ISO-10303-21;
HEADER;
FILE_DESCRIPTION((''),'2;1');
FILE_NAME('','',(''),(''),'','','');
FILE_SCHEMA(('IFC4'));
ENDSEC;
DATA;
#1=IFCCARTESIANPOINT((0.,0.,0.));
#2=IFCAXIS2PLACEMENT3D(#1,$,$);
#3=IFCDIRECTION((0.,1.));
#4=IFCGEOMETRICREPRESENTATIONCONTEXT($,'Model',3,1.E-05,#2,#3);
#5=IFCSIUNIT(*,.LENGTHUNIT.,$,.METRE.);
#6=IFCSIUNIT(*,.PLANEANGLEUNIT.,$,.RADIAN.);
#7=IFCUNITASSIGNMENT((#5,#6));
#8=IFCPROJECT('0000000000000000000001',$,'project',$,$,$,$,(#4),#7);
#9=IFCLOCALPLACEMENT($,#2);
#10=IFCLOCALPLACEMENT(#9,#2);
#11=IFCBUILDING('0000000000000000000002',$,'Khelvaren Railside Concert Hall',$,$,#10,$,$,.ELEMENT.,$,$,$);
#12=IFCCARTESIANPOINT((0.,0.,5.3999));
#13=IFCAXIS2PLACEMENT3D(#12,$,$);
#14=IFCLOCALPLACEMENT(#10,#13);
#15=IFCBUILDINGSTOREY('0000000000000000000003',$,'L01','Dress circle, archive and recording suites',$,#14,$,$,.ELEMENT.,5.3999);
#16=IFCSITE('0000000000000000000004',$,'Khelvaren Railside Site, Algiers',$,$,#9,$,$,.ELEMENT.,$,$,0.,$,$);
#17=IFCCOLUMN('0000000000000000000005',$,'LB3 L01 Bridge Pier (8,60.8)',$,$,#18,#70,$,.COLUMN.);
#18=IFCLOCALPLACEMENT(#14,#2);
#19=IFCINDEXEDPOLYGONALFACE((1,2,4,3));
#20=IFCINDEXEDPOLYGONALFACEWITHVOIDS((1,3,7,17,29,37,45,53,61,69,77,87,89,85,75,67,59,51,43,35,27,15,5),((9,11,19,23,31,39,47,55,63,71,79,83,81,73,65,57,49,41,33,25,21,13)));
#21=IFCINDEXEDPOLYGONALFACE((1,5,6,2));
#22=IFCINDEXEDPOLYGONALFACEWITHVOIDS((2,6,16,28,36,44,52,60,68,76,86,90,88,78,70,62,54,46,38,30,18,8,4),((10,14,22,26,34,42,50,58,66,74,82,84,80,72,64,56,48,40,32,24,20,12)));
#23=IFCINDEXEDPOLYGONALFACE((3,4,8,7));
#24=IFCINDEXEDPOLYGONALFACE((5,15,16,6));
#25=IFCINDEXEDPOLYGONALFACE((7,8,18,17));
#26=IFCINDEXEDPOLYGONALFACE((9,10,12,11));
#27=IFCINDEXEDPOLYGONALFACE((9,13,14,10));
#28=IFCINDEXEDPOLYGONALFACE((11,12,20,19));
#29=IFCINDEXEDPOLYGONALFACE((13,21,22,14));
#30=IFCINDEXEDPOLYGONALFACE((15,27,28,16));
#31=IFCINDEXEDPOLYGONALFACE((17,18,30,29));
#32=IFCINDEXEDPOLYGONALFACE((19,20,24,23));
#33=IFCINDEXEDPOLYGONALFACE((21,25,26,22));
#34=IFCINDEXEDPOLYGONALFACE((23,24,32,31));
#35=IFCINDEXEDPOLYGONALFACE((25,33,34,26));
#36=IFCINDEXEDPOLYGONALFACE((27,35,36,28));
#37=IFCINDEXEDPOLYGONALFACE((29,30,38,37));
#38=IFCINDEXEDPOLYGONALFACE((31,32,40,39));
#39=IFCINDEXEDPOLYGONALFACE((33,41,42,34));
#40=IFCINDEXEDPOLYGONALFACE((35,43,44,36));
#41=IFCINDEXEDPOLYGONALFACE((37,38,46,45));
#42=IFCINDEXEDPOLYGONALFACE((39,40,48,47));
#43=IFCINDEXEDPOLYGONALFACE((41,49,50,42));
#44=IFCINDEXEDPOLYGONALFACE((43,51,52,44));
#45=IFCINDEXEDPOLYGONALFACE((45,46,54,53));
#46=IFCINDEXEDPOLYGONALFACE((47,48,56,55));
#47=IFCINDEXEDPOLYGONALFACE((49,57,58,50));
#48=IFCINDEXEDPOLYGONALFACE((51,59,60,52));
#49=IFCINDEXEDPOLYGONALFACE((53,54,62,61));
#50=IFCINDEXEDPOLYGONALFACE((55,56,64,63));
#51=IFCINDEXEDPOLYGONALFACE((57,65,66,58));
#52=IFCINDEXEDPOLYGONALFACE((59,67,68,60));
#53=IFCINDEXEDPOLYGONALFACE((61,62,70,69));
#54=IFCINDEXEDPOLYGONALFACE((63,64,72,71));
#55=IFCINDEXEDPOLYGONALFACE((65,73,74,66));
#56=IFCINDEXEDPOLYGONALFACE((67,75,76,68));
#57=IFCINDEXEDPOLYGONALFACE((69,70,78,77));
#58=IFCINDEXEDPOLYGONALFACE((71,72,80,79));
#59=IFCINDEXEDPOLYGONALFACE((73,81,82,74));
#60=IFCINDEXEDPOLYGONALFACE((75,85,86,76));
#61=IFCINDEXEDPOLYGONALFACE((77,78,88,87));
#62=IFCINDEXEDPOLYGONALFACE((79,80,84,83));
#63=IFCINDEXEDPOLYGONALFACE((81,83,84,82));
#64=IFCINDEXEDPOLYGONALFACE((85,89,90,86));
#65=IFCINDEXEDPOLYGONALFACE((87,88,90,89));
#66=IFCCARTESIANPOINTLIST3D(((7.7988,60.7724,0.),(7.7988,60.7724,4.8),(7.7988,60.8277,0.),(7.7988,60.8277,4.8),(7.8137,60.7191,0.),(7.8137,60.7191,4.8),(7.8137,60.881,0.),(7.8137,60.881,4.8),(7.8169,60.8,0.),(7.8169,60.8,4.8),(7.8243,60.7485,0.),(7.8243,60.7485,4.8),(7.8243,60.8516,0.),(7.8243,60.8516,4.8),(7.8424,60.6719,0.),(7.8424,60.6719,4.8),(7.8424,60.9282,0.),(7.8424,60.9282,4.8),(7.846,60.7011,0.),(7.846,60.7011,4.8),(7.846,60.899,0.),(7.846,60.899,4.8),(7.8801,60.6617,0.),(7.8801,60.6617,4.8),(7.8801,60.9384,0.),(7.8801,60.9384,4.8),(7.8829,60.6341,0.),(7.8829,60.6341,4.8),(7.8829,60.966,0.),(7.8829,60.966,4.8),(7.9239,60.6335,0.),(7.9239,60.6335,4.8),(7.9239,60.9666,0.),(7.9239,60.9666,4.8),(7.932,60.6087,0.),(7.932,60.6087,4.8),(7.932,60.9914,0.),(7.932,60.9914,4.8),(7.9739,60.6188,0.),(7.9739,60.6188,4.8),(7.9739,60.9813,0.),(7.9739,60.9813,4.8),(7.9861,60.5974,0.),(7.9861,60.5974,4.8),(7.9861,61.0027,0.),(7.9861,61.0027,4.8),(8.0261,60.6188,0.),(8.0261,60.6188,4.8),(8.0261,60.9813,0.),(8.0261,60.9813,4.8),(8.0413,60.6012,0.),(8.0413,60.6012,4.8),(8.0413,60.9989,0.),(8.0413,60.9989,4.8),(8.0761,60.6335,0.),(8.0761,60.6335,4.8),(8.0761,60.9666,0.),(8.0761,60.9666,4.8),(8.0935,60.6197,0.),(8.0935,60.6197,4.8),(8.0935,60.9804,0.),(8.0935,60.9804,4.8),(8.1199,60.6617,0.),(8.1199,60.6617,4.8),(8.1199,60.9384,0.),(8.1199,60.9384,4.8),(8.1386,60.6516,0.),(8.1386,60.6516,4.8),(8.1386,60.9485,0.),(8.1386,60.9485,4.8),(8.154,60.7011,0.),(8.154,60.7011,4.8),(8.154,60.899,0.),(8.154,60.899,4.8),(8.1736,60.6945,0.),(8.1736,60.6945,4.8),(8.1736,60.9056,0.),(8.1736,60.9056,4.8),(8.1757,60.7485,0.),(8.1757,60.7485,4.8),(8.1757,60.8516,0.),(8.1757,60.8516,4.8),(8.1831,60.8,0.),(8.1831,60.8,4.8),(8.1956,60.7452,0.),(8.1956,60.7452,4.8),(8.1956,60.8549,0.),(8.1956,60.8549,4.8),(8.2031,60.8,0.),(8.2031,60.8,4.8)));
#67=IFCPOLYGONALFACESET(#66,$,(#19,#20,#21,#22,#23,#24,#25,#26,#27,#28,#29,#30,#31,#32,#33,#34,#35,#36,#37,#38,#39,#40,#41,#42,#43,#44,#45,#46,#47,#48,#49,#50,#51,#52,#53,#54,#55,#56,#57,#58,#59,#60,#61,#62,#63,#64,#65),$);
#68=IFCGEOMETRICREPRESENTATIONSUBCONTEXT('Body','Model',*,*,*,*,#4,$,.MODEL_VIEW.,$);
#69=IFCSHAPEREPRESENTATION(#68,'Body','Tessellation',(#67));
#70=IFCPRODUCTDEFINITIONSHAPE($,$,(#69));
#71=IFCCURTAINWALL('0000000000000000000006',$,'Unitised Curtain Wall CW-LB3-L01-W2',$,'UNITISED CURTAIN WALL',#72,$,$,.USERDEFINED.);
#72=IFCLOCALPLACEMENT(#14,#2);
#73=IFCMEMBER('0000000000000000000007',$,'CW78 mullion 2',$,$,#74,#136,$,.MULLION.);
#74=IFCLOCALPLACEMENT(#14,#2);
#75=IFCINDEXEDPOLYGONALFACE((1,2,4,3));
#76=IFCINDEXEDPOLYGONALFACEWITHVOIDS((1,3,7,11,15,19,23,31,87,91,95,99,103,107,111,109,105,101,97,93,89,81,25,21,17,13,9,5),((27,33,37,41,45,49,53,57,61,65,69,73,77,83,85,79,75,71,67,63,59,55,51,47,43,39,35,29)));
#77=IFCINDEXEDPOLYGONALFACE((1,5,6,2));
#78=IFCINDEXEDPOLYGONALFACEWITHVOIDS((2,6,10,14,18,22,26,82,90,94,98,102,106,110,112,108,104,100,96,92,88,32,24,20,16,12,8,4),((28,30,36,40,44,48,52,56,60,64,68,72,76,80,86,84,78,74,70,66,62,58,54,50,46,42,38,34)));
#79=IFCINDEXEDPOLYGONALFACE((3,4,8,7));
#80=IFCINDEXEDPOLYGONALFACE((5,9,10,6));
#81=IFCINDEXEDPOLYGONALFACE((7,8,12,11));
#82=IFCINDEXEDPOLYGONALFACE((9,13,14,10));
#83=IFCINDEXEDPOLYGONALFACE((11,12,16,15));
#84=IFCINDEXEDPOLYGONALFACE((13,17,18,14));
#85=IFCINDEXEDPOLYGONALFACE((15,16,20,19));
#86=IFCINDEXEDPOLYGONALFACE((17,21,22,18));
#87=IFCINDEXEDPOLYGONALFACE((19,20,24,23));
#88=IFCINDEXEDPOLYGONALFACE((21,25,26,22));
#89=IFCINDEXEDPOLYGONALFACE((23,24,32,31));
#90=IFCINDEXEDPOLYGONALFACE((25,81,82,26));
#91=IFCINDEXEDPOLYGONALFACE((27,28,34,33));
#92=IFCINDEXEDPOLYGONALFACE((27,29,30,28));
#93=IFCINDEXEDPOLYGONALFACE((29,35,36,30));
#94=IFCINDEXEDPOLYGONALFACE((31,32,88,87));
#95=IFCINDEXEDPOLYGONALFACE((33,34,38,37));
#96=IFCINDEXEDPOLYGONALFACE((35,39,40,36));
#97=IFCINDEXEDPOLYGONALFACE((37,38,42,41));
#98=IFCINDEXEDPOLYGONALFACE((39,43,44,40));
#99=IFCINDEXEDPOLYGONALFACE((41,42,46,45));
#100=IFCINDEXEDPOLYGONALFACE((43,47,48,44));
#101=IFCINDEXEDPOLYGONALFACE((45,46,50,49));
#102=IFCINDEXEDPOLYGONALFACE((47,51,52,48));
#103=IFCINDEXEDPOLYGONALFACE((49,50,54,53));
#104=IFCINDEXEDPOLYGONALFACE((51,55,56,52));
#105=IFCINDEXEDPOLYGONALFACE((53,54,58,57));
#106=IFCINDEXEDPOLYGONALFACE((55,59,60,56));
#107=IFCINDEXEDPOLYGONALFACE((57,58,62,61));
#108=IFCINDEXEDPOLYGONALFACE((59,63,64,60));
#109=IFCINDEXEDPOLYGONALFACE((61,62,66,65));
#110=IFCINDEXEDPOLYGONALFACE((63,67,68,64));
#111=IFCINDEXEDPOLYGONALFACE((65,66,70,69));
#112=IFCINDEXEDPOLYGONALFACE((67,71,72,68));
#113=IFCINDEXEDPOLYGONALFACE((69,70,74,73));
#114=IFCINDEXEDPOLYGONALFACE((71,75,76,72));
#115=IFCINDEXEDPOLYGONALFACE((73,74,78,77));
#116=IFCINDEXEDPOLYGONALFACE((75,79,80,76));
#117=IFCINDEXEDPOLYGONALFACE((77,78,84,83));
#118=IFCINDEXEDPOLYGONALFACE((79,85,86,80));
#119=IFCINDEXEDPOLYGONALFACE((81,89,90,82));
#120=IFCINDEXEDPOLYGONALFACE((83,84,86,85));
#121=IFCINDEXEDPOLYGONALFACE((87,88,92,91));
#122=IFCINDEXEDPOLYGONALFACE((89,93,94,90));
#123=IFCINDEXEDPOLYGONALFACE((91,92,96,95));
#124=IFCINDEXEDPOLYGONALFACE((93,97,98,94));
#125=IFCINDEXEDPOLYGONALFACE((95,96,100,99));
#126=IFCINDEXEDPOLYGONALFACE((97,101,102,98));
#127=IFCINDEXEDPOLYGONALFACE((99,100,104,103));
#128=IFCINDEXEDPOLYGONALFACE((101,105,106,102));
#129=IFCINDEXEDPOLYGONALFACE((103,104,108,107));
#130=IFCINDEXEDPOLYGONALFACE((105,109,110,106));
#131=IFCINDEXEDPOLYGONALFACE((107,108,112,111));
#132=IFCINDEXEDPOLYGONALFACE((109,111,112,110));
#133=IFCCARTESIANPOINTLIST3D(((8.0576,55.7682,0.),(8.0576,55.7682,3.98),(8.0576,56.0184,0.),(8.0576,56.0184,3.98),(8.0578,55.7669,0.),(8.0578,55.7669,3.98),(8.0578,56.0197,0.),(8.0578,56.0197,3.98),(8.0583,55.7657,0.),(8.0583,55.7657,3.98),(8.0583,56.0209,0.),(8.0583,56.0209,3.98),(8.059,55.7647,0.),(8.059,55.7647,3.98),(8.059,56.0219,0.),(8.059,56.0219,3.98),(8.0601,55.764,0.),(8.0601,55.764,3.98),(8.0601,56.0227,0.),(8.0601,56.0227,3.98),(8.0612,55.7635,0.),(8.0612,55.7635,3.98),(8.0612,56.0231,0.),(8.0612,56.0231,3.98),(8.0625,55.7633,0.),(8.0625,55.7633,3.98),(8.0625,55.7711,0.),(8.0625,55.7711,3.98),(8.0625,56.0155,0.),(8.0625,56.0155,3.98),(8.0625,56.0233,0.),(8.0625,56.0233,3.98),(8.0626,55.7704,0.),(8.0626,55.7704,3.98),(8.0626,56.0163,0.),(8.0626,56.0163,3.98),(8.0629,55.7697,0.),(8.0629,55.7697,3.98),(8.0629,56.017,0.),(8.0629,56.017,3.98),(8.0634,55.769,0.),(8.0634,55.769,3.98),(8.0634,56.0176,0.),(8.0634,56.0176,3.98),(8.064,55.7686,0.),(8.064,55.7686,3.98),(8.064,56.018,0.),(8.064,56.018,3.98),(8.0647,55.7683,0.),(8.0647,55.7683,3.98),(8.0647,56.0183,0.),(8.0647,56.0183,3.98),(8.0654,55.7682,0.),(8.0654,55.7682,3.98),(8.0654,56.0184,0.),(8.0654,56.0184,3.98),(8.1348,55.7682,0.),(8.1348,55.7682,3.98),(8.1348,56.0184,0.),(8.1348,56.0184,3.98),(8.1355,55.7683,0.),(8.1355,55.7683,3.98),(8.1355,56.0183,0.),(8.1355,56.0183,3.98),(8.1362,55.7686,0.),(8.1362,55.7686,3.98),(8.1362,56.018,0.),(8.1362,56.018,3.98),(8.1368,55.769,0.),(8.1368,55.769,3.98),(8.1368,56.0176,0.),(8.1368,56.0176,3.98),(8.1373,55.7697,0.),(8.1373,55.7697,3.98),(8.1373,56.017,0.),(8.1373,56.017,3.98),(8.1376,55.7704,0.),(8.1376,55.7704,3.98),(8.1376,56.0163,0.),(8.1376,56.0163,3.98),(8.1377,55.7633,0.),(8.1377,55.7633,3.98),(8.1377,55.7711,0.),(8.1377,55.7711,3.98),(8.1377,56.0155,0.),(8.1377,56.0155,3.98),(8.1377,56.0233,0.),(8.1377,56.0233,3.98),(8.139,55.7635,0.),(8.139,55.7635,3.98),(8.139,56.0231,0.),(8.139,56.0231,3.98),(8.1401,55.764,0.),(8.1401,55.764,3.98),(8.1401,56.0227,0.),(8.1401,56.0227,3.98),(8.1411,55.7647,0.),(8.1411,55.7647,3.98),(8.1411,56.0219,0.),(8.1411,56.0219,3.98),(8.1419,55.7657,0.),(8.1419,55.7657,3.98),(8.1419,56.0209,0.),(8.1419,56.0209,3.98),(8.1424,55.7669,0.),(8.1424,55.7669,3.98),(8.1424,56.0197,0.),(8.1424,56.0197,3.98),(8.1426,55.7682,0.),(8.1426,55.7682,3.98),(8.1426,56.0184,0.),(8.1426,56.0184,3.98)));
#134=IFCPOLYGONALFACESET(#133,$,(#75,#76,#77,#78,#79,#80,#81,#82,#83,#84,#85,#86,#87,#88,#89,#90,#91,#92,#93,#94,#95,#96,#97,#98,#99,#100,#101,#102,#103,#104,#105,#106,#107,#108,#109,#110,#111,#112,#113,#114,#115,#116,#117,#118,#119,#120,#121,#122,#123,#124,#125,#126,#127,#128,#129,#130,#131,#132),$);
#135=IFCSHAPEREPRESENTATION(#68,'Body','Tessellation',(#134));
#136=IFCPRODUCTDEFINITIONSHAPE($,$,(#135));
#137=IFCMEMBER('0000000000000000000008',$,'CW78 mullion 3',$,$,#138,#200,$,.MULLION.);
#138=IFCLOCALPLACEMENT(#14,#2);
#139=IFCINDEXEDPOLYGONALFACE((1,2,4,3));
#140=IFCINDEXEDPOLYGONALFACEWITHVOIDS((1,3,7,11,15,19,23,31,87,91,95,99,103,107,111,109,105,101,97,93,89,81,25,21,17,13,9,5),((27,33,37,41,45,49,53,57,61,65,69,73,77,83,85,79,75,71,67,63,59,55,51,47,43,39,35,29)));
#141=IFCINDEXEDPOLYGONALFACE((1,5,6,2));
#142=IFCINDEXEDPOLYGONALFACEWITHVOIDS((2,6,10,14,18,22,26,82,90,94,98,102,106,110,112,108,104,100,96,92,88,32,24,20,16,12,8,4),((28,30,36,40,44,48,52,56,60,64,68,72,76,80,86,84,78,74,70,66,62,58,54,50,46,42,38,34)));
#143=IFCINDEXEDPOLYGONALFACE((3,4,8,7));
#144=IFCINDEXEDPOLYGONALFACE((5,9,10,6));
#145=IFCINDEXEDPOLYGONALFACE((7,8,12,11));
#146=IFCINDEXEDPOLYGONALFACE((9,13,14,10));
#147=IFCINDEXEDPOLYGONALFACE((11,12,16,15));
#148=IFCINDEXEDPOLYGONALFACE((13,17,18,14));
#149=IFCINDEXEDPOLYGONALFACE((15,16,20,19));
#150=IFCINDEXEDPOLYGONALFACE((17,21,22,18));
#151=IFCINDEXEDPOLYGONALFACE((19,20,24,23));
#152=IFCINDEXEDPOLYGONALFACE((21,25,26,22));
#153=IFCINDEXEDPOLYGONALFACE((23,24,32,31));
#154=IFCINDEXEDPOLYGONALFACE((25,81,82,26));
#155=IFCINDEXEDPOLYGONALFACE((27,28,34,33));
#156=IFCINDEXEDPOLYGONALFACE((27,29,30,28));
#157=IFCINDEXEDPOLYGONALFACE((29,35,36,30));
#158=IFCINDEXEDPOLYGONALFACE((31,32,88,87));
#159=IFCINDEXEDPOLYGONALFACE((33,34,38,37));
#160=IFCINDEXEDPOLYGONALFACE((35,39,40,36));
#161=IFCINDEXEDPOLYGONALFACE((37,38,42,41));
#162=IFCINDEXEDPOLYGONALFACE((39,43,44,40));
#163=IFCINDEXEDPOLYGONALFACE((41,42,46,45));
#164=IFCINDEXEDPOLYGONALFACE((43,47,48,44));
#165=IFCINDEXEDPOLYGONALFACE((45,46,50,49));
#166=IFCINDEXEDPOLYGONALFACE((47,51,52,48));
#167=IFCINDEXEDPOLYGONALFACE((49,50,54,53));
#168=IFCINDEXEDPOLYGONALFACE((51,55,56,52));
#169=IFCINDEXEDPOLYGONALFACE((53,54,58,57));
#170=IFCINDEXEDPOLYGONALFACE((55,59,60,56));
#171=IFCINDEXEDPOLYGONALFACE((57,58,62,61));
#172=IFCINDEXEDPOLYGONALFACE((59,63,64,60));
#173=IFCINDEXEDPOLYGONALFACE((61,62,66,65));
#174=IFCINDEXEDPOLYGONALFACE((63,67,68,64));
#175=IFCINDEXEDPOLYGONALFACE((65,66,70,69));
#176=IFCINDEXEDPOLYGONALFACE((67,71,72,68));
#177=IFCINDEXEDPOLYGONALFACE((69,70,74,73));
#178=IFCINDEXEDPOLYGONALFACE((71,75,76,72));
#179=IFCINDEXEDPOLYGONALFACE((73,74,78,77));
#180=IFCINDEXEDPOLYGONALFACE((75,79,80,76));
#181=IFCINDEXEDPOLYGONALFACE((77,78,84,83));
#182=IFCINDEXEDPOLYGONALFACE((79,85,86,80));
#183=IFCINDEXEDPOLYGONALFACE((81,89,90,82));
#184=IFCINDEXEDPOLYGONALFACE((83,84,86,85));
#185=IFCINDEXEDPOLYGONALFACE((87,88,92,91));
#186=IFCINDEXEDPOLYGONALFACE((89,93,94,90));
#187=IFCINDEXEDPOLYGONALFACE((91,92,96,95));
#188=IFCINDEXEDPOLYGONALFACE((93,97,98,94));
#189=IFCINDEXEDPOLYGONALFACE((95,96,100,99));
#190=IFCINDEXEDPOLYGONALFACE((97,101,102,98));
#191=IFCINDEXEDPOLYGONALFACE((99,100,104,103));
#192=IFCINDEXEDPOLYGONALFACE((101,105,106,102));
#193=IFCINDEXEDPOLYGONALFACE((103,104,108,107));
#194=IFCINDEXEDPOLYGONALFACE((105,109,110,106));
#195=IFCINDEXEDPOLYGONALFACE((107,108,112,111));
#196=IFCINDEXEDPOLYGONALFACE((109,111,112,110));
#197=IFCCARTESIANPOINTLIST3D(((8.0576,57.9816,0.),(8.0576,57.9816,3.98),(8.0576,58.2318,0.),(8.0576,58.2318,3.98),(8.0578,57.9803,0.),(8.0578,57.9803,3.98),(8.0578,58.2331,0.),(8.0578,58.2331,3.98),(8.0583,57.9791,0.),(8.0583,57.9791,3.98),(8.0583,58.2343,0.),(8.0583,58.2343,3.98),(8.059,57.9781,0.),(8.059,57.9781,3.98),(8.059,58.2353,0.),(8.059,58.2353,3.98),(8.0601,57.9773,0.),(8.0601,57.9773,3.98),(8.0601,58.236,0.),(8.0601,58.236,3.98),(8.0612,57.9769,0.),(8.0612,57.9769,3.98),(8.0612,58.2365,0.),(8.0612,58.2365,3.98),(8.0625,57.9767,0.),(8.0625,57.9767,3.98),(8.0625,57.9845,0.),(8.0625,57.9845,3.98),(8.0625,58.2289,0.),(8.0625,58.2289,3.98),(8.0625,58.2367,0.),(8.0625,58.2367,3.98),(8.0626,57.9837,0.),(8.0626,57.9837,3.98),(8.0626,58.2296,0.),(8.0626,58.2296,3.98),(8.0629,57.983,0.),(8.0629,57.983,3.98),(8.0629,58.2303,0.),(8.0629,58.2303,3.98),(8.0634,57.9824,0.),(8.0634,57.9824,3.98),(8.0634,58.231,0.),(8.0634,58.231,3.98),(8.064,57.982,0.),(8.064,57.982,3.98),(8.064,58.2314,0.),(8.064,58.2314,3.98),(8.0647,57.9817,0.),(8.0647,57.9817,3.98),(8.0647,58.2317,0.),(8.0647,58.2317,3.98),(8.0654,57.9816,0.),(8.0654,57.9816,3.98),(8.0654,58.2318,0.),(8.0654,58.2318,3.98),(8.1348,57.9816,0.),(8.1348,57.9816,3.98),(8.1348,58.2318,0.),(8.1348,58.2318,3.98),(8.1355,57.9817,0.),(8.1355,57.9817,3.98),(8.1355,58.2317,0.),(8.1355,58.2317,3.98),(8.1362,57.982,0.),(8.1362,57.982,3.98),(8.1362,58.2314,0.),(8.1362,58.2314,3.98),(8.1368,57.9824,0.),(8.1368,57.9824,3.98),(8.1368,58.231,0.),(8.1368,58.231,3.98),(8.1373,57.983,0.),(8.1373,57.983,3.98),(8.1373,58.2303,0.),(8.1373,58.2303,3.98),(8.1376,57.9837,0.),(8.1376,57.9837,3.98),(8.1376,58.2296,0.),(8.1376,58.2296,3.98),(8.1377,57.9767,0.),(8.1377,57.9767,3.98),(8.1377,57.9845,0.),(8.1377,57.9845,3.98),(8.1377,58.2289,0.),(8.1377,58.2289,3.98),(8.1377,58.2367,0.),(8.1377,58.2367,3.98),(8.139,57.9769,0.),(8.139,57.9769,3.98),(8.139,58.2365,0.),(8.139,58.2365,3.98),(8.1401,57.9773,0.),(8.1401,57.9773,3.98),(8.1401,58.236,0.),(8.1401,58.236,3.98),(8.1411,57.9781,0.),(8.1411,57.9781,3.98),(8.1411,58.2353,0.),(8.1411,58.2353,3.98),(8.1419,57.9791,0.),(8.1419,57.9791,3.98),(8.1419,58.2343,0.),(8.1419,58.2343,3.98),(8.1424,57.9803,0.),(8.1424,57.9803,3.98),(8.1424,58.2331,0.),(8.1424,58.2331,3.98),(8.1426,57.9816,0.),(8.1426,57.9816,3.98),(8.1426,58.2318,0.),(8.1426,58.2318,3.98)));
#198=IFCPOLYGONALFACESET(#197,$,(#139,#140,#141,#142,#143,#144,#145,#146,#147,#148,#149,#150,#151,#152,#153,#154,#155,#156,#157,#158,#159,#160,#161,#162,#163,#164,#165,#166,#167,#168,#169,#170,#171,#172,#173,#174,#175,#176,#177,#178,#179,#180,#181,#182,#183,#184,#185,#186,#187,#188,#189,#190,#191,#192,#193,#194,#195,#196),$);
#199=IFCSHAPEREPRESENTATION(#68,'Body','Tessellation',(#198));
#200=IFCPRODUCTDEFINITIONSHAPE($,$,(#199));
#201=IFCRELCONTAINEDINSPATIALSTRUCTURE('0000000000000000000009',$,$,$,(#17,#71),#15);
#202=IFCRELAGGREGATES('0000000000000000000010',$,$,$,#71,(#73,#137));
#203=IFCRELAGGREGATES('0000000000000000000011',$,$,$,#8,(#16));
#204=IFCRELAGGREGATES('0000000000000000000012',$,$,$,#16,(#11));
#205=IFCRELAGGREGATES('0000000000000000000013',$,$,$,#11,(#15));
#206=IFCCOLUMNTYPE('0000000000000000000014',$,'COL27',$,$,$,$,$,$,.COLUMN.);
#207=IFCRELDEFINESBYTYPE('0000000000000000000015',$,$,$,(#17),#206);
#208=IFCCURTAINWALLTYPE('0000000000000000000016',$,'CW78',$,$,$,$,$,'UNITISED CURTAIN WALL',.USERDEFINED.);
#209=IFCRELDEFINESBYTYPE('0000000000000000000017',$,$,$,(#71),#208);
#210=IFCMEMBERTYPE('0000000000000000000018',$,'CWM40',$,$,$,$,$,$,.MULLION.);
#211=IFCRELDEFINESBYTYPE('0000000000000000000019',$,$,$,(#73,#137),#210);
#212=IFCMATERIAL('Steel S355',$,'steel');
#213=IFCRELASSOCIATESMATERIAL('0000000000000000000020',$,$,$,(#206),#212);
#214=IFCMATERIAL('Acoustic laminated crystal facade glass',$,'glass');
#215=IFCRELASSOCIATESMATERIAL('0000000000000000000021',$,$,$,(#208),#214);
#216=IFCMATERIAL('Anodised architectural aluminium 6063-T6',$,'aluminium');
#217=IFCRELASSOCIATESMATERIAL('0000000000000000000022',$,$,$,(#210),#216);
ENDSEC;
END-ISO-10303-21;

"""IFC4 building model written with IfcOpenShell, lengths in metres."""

from ifc_helpers import new_model, si_unit, direction, frame, origin, origin_2d, place, context, subcontext, project, spatial, hollow_rectangle, hollow_circle, extrude, material, material_profile, profile_set, type_object, element, aggregate, save


model = new_model("IFC4")

# Units and contexts
model_context = context("Model", 3, precision=1e-05, world=origin(), true_north=direction((0.0, 1.0)))
body_context = subcontext(model_context, "Body", "Model", "MODEL_VIEW")
ifc_project = project(units=[si_unit("LENGTHUNIT", "METRE"), si_unit("PLANEANGLEUNIT", "RADIAN")], contexts=[model_context])

# Site, building, storey
site_placement = place(None, origin())
site = spatial("IfcSite", under=ifc_project, at=site_placement, Name="Khelvaren Railside Site, Algiers", CompositionType="ELEMENT", RefElevation=0.0)
building_placement = place(site_placement, origin())
building = spatial("IfcBuilding", under=site, at=building_placement, Name="Khelvaren Railside Concert Hall", CompositionType="ELEMENT")
storey_placement = place(building_placement, frame((0.0, 0.0, 5.3999)))
storey = spatial("IfcBuildingStorey", under=building, at=storey_placement, Name="L01", Description="Dress circle, archive and recording suites", CompositionType="ELEMENT", Elevation=5.3999)

# Column
ifc_material_1 = material(Name="Steel S355", Category="steel")
ifc_material_profile_1 = material_profile(ifc_material_1, hollow_circle(Radius=0.2031, WallThickness=0.02, at=origin_2d()), Name="CHS 406.4x20")
ifc_profile_set_1 = profile_set([ifc_material_profile_1], Name="Steel S355")
column_type = type_object("IfcColumnType", Name="COL27", PredefinedType="COLUMN", material=ifc_profile_set_1)
column_placement = place(storey_placement, frame((8.0, 60.8, 0.0), z_axis=(0.0, 0.0, 1.0), x_axis=(1.0, 0.0, 0.0)))
element("IfcColumn", 1, at=column_placement, inside=storey, type_object=column_type, Name="LB3 L01 Bridge Pier (8,60.8)", PredefinedType="COLUMN", context=body_context, shape_type="SweptSolid", body=[
    extrude(hollow_circle(Radius=0.2031, WallThickness=0.02, at=origin_2d()), origin(), (0.0, 0.0, 1.0), 4.8),
])

# Curtain wall, members
ifc_material_2 = material(Name="Acoustic laminated crystal facade glass", Category="glass")
curtain_wall_type = type_object("IfcCurtainWallType", Name="CW78", ElementType="UNITISED CURTAIN WALL", PredefinedType="USERDEFINED", material=ifc_material_2)
curtain_wall_1_placement = place(storey_placement, origin())
curtain_wall_1 = element("IfcCurtainWall", 2, at=curtain_wall_1_placement, inside=storey, type_object=curtain_wall_type, Name="Unitised Curtain Wall CW-LB3-L01-W2", ObjectType="UNITISED CURTAIN WALL", PredefinedType="USERDEFINED")
ifc_material_3 = material(Name="Anodised architectural aluminium 6063-T6", Category="aluminium")
ifc_material_profile_2 = material_profile(ifc_material_3, hollow_rectangle(XDim=0.085, YDim=0.26, WallThickness=0.0049, InnerFilletRadius=0.0029, OuterFilletRadius=0.0049, at=origin_2d()), Name="CWM 85x260x5")
ifc_profile_set_2 = profile_set([ifc_material_profile_2], Name="Anodised architectural aluminium 6063-T6")
member_type_1 = type_object("IfcMemberType", Name="CWM40", PredefinedType="MULLION", material=ifc_profile_set_2)
member_1_placement = place(storey_placement, frame((8.1001, 55.8933, 0.0), z_axis=(0.0, 0.0, 1.0), x_axis=(-1.0, 0.0, 0.0)))
member_1 = element("IfcMember", 3, at=member_1_placement, type_object=member_type_1, Name="CW78 mullion 2", PredefinedType="MULLION", context=body_context, shape_type="SweptSolid", body=[
    extrude(hollow_rectangle(XDim=0.085, YDim=0.26, WallThickness=0.0049, InnerFilletRadius=0.0029, OuterFilletRadius=0.0049, at=origin_2d()), origin(), (0.0, 0.0, 1.0), 3.98),
])
member_2_placement = place(storey_placement, frame((8.1001, 58.1067, 0.0), z_axis=(0.0, 0.0, 1.0), x_axis=(-1.0, 0.0, 0.0)))
member_2 = element("IfcMember", 4, at=member_2_placement, type_object=member_type_1, Name="CW78 mullion 3", PredefinedType="MULLION", context=body_context, shape_type="SweptSolid", body=[
    extrude(hollow_rectangle(XDim=0.085, YDim=0.26, WallThickness=0.0049, InnerFilletRadius=0.0029, OuterFilletRadius=0.0049, at=origin_2d()), origin(), (0.0, 0.0, 1.0), 3.98),
])

aggregate(curtain_wall_1, [member_1, member_2])

save(model, "model.ifc")
